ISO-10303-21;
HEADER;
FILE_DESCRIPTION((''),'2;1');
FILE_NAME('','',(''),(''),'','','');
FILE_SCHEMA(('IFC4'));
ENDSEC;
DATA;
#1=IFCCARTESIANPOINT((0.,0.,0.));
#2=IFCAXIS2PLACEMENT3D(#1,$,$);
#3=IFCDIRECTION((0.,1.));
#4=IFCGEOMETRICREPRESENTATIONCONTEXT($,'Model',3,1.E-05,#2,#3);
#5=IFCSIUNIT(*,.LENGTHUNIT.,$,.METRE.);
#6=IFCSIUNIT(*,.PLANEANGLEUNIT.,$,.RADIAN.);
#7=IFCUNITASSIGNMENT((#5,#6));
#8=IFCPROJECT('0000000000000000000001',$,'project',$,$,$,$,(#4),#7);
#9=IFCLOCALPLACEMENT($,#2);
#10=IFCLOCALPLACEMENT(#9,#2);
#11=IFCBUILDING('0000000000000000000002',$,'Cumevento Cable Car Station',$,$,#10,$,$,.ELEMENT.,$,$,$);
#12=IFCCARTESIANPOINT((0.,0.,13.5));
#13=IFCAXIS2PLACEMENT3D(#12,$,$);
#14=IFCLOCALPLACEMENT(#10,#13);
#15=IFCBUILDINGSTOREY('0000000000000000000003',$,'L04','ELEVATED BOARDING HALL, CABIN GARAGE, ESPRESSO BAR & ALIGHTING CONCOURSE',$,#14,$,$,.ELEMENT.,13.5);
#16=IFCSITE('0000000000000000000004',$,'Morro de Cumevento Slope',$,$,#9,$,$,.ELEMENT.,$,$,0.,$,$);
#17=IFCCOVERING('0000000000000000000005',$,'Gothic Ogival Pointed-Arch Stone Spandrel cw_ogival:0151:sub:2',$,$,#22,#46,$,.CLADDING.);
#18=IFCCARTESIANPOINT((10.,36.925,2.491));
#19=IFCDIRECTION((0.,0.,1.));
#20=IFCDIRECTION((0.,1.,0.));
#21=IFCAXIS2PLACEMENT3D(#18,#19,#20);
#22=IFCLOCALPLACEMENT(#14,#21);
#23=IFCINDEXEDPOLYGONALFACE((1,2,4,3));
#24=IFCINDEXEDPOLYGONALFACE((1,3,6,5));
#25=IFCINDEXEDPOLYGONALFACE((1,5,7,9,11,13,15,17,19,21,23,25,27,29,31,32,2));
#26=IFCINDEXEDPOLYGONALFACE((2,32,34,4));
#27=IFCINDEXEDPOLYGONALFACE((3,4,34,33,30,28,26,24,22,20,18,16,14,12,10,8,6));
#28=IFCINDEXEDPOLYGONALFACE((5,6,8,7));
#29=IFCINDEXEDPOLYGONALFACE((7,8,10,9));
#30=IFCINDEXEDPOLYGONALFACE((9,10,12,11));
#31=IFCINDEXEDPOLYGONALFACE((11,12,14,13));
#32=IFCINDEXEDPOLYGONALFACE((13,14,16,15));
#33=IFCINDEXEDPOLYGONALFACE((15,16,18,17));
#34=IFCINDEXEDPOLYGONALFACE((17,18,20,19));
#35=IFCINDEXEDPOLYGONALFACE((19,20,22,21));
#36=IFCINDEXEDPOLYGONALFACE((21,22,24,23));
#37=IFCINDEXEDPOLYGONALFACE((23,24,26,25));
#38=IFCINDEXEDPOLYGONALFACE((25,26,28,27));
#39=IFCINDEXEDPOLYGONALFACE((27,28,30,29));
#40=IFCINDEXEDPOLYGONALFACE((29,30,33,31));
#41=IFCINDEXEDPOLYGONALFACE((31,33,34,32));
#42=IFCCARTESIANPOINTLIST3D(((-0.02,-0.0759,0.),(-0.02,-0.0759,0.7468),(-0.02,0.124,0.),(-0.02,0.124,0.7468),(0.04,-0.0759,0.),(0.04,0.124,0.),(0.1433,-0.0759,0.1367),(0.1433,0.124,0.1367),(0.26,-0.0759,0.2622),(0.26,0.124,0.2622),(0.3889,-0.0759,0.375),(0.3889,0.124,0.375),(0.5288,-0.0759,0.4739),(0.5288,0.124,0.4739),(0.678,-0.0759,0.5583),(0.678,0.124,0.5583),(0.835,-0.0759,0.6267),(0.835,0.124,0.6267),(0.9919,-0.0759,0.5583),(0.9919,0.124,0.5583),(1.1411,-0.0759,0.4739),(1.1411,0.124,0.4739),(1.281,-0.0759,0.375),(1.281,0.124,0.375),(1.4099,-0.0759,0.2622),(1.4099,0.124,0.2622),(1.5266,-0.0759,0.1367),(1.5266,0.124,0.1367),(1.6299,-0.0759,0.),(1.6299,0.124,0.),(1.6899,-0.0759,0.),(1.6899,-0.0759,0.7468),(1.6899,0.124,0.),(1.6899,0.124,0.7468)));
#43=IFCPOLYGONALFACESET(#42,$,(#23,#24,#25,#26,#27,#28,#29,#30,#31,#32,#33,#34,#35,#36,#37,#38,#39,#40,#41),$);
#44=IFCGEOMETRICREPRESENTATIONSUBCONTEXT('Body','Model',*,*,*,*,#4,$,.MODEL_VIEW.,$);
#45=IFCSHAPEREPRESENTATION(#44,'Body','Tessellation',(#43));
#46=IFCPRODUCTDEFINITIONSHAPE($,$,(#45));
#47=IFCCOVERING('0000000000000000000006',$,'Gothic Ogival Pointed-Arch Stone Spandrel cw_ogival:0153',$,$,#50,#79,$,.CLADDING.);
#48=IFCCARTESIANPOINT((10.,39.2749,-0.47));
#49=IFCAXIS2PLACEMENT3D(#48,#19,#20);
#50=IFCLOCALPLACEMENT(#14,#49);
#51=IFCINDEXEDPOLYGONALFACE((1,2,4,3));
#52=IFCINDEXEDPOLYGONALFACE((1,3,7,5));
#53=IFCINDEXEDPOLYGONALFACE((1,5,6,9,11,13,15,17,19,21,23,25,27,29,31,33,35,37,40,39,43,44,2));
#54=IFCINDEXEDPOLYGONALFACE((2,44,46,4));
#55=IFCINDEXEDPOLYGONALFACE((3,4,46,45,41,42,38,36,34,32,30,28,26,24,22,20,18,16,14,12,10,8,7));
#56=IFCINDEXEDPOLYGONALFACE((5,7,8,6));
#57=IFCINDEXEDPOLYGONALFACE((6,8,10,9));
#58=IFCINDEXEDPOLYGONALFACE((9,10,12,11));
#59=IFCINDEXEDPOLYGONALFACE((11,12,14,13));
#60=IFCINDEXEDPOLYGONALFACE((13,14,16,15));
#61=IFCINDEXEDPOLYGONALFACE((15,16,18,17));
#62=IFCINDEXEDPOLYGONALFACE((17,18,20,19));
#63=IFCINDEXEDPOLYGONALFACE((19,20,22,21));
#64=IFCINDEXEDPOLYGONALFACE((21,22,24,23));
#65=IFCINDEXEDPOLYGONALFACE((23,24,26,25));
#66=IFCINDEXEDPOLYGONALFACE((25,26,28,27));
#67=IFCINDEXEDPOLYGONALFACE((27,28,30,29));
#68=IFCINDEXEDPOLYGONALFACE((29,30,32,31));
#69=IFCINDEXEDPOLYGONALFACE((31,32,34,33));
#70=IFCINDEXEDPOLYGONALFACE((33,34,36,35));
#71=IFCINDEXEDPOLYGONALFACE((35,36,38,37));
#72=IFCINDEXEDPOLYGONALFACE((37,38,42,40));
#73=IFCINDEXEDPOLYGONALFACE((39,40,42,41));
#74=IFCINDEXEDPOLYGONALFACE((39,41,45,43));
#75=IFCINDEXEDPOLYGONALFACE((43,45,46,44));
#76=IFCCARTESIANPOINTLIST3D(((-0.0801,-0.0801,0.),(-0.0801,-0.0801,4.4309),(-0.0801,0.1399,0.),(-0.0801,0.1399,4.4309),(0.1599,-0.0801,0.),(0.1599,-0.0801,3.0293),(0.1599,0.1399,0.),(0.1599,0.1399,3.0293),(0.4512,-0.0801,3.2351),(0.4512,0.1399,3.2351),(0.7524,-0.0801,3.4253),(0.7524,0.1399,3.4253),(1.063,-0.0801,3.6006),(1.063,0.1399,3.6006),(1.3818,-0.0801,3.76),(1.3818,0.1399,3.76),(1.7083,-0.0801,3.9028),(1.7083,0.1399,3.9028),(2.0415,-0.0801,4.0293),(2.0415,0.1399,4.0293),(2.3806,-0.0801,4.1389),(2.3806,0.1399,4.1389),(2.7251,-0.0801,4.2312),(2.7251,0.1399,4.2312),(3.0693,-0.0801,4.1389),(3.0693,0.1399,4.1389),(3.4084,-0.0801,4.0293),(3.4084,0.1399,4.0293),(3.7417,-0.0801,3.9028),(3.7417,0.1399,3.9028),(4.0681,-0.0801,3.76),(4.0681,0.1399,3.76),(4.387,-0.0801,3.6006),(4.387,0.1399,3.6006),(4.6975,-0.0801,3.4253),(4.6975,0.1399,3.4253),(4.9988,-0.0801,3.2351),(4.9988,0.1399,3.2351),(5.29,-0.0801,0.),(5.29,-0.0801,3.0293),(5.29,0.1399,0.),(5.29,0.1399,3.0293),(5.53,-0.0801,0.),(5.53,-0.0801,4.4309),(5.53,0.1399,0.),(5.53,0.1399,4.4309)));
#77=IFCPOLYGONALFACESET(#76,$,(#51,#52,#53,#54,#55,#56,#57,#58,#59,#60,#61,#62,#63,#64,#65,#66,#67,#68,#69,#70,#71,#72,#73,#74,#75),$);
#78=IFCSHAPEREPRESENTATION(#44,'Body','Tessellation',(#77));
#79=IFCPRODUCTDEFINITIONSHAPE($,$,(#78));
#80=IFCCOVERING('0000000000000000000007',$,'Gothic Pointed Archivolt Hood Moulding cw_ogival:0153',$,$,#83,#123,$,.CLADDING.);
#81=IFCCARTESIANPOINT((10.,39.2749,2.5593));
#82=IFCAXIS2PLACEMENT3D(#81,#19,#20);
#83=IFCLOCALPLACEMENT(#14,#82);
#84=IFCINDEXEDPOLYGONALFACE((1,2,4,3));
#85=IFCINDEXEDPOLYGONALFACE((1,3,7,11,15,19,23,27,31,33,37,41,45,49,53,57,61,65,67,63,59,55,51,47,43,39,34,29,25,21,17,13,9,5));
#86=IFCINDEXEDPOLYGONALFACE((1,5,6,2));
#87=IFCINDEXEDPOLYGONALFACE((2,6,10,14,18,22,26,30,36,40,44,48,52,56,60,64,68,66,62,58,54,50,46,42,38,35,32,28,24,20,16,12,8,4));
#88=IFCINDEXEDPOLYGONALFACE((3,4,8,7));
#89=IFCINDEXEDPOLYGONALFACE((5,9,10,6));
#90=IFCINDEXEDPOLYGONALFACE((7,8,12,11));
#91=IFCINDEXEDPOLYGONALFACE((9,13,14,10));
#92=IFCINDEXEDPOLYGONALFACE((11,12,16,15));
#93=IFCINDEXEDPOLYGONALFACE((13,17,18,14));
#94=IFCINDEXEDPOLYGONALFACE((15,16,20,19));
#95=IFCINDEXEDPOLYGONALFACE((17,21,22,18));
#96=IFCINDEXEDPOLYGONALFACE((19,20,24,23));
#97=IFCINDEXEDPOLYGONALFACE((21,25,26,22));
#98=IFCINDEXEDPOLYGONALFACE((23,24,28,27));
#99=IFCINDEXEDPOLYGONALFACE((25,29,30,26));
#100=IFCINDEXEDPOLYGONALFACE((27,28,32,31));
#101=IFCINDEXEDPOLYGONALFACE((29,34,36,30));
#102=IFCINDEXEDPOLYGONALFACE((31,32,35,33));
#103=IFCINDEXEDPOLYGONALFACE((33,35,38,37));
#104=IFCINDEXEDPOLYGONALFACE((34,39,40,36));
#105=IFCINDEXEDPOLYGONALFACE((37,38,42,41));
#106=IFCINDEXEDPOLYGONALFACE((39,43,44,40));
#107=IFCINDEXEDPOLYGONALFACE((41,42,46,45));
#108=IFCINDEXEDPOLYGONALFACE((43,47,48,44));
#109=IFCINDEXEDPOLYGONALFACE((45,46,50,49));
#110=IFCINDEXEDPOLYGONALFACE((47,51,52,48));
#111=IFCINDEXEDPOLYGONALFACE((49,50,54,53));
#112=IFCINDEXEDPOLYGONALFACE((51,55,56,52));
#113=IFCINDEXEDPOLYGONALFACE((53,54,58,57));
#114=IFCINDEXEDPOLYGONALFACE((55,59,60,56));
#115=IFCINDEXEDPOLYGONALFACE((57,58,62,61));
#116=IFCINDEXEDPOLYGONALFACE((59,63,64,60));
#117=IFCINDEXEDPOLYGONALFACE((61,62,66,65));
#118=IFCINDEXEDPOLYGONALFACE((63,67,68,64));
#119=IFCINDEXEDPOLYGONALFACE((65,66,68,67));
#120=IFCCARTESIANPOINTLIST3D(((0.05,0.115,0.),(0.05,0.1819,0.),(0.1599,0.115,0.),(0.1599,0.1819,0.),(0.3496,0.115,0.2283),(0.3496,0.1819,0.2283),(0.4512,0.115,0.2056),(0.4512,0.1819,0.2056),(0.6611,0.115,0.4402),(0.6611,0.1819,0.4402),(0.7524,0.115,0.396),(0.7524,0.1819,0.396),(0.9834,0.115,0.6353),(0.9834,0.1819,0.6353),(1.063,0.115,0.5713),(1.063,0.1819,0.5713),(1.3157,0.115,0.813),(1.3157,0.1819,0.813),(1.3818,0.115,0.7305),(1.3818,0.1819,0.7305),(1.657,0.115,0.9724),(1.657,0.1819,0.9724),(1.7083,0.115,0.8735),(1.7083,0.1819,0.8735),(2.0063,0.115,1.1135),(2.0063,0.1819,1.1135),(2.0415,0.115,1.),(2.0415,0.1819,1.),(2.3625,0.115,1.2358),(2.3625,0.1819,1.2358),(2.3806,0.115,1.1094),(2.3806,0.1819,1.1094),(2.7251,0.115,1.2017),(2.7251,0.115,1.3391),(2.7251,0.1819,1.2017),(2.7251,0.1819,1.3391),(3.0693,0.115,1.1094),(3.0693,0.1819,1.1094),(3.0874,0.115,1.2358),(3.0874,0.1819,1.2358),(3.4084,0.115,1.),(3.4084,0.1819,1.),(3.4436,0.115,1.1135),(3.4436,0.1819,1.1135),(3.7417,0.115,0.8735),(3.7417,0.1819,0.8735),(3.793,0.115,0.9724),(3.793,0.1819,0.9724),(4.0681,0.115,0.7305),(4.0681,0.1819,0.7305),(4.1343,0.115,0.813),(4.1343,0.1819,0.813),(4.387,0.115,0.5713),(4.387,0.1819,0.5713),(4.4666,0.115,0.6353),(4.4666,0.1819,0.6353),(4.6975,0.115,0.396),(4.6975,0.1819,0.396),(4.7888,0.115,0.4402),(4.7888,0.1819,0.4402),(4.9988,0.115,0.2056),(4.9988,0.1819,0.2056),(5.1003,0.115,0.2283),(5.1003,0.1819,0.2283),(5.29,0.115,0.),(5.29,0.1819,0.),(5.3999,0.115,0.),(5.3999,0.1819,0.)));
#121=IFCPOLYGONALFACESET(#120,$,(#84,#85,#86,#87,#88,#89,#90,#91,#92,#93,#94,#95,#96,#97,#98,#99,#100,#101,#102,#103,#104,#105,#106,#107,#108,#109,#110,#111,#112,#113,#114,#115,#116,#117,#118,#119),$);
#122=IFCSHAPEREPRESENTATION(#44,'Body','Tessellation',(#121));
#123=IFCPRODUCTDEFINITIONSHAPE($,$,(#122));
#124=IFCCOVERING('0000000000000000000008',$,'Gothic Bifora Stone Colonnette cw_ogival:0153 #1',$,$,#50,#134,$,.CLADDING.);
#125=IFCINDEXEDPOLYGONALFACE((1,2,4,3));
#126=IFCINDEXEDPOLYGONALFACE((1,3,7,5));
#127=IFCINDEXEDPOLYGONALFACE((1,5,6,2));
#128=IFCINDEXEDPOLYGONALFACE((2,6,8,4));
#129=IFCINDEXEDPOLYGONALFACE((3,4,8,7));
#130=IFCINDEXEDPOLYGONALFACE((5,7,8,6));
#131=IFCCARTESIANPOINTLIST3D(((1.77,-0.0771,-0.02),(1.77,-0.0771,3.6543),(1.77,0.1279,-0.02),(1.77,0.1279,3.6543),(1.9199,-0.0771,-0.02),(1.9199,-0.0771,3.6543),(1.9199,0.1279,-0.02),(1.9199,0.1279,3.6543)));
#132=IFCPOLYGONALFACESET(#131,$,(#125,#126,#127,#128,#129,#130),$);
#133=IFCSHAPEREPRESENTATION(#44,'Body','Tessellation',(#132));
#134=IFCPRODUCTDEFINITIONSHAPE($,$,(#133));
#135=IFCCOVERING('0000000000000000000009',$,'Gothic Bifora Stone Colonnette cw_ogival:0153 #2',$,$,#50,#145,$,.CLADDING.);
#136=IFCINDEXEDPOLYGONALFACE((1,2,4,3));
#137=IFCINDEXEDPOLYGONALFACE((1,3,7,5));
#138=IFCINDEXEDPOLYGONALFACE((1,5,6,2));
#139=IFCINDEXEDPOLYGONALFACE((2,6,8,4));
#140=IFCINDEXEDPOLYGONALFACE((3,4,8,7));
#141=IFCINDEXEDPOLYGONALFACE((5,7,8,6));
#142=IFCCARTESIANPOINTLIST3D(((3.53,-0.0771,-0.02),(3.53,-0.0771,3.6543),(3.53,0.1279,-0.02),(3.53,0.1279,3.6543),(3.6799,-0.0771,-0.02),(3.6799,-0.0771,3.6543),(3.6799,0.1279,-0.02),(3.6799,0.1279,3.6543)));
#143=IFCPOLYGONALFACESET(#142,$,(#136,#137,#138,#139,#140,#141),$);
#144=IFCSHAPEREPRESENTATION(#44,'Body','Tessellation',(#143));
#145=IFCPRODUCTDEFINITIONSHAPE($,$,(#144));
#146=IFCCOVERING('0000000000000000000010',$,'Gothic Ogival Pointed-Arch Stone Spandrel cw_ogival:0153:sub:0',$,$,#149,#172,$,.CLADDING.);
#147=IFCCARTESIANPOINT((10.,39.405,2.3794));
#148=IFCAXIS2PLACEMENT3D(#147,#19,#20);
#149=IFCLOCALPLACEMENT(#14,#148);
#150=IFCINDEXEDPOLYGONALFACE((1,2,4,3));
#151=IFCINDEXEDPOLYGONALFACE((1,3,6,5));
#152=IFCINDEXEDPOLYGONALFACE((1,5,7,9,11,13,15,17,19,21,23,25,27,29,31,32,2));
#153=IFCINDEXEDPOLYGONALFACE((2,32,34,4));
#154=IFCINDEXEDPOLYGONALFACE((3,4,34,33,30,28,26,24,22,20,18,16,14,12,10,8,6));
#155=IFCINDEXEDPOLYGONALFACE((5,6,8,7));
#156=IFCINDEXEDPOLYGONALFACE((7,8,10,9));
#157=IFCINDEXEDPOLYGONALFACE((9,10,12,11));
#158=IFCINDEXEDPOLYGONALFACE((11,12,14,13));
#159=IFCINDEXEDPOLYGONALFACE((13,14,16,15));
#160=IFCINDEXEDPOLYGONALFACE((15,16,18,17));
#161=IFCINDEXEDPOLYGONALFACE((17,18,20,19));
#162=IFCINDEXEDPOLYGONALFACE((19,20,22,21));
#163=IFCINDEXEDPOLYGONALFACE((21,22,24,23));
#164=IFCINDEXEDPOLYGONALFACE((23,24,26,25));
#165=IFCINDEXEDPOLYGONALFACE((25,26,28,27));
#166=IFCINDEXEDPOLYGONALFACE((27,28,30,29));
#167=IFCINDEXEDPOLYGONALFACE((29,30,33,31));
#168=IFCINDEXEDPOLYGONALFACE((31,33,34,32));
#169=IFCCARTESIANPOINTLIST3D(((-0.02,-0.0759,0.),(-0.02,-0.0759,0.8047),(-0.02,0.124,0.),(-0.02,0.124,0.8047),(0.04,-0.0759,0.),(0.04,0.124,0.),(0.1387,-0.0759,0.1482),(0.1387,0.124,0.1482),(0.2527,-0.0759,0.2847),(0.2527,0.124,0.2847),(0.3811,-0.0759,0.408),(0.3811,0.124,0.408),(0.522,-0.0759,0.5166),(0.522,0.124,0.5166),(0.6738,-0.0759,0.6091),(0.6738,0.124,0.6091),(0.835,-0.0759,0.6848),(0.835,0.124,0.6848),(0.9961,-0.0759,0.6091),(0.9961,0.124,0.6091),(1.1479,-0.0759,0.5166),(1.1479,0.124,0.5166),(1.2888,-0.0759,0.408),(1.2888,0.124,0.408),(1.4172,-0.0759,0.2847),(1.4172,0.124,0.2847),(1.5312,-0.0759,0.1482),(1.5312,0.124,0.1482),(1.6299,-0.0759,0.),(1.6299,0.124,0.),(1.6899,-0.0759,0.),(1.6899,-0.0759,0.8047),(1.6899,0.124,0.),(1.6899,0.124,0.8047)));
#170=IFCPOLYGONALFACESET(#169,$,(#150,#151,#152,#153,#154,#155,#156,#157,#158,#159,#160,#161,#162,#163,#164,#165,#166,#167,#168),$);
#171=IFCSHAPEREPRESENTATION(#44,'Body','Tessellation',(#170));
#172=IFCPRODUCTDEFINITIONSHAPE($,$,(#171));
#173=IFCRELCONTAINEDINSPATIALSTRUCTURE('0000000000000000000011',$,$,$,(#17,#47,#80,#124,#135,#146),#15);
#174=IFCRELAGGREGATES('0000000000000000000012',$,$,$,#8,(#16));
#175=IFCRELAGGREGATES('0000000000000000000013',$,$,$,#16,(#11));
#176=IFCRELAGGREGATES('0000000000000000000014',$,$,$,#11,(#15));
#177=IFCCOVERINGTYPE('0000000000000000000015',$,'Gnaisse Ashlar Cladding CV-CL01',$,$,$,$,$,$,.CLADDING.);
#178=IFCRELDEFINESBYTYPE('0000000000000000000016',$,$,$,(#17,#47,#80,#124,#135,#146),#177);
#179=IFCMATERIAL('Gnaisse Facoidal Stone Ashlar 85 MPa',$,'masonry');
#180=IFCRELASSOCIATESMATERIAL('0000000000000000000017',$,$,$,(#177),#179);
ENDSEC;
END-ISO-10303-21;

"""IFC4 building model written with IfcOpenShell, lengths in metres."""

from ifc_helpers import new_model, si_unit, direction, frame, origin, place, context, subcontext, project, spatial, polyline, outline, extrude, material, type_object, element, save


model = new_model("IFC4")

# Units and contexts
model_context = context("Model", 3, precision=1e-05, world=origin(), true_north=direction((0.0, 1.0)))
body_context = subcontext(model_context, "Body", "Model", "MODEL_VIEW")
ifc_project = project(units=[si_unit("LENGTHUNIT", "METRE"), si_unit("PLANEANGLEUNIT", "RADIAN")], contexts=[model_context])

# Site, building, storey
site_placement = place(None, origin())
site = spatial("IfcSite", under=ifc_project, at=site_placement, Name="Morro de Cumevento Slope", CompositionType="ELEMENT", RefElevation=0.0)
building_placement = place(site_placement, origin())
building = spatial("IfcBuilding", under=site, at=building_placement, Name="Cumevento Cable Car Station", CompositionType="ELEMENT")
storey_placement = place(building_placement, frame((0.0, 0.0, 13.5)))
storey = spatial("IfcBuildingStorey", under=building, at=storey_placement, Name="L04", Description="ELEVATED BOARDING HALL, CABIN GARAGE, ESPRESSO BAR & ALIGHTING CONCOURSE", CompositionType="ELEMENT", Elevation=13.5)

# Coverings
ifc_material_1 = material(Name="Gnaisse Facoidal Stone Ashlar 85 MPa", Category="masonry")
covering_type = type_object("IfcCoveringType", Name="Gnaisse Ashlar Cladding CV-CL01", PredefinedType="CLADDING", material=ifc_material_1)
covering_1_placement = place(storey_placement, frame((10.0, 36.925, 2.491), z_axis=(0.0, 0.0, 1.0), x_axis=(0.0, 1.0, 0.0)))
element("IfcCovering", 1, at=covering_1_placement, inside=storey, type_object=covering_type, Name="Gothic Ogival Pointed-Arch Stone Spandrel cw_ogival:0151:sub:2", PredefinedType="CLADDING", context=body_context, shape_type="SweptSolid", body=[
    extrude(outline(polyline([(-0.02, 0.0), (-0.02, 0.7468), (1.6899, 0.7468), (1.6899, 0.0), (1.6299, 0.0), (1.5266, 0.1367), (1.4099, 0.2622), (1.281, 0.375), (1.1411, 0.4739), (0.9919, 0.5583), (0.835, 0.6267), (0.678, 0.5583), (0.5288, 0.4739), (0.3889, 0.375), (0.26, 0.2622), (0.1433, 0.1367), (0.04, 0.0), (-0.02, 0.0)])), frame((0.0, 0.124, 0.0), z_axis=(0.0, -1.0, 0.0), x_axis=(1.0, 0.0, 0.0)), (0.0, 0.0, 1.0), 0.2),
])
placement = place(storey_placement, frame((10.0, 39.2749, -0.47), z_axis=(0.0, 0.0, 1.0), x_axis=(0.0, 1.0, 0.0)))
element("IfcCovering", 2, at=placement, inside=storey, type_object=covering_type, Name="Gothic Ogival Pointed-Arch Stone Spandrel cw_ogival:0153", PredefinedType="CLADDING", context=body_context, shape_type="SweptSolid", body=[
    extrude(outline(polyline([(-0.0801, 0.0), (-0.0801, 4.4309), (5.53, 4.4309), (5.53, 0.0), (5.29, 0.0), (5.29, 3.0293), (4.9988, 3.2351), (4.6975, 3.4253), (4.387, 3.6006), (4.0681, 3.76), (3.7417, 3.9028), (3.4084, 4.0293), (3.0693, 4.1389), (2.7251, 4.2312), (2.3806, 4.1389), (2.0415, 4.0293), (1.7083, 3.9028), (1.3818, 3.76), (1.063, 3.6006), (0.7524, 3.4253), (0.4512, 3.2351), (0.1599, 3.0293), (0.1599, 0.0), (-0.0801, 0.0)])), frame((0.0, 0.1399, 0.0), z_axis=(0.0, -1.0, 0.0), x_axis=(1.0, 0.0, 0.0)), (0.0, 0.0, 1.0), 0.22),
])
covering_2_placement = place(storey_placement, frame((10.0, 39.2749, 2.5593), z_axis=(0.0, 0.0, 1.0), x_axis=(0.0, 1.0, 0.0)))
element("IfcCovering", 3, at=covering_2_placement, inside=storey, type_object=covering_type, Name="Gothic Pointed Archivolt Hood Moulding cw_ogival:0153", PredefinedType="CLADDING", context=body_context, shape_type="SweptSolid", body=[
    extrude(outline(polyline([(0.1599, 0.0), (0.4512, 0.2056), (0.7524, 0.396), (1.063, 0.5713), (1.3818, 0.7305), (1.7083, 0.8735), (2.0415, 1.0), (2.3806, 1.1094), (2.7251, 1.2017), (3.0693, 1.1094), (3.4084, 1.0), (3.7417, 0.8735), (4.0681, 0.7305), (4.387, 0.5713), (4.6975, 0.396), (4.9988, 0.2056), (5.29, 0.0), (5.3999, 0.0), (5.1003, 0.2283), (4.7888, 0.4402), (4.4666, 0.6353), (4.1343, 0.813), (3.793, 0.9724), (3.4436, 1.1135), (3.0874, 1.2358), (2.7251, 1.3391), (2.3625, 1.2358), (2.0063, 1.1135), (1.657, 0.9724), (1.3157, 0.813), (0.9834, 0.6353), (0.6611, 0.4402), (0.3496, 0.2283), (0.05, 0.0), (0.1599, 0.0)])), frame((0.0, 0.1819, 0.0), z_axis=(0.0, -1.0, 0.0), x_axis=(1.0, 0.0, 0.0)), (0.0, 0.0, 1.0), 0.0669),
])
element("IfcCovering", 4, at=placement, inside=storey, type_object=covering_type, Name="Gothic Bifora Stone Colonnette cw_ogival:0153 #1", PredefinedType="CLADDING", context=body_context, shape_type="SweptSolid", body=[
    extrude(outline(polyline([(1.77, -0.02), (1.9199, -0.02), (1.9199, 3.6543), (1.77, 3.6543), (1.77, -0.02)])), frame((0.0, 0.1279, 0.0), z_axis=(0.0, -1.0, 0.0), x_axis=(1.0, 0.0, 0.0)), (0.0, 0.0, 1.0), 0.2051),
])
element("IfcCovering", 5, at=placement, inside=storey, type_object=covering_type, Name="Gothic Bifora Stone Colonnette cw_ogival:0153 #2", PredefinedType="CLADDING", context=body_context, shape_type="SweptSolid", body=[
    extrude(outline(polyline([(3.53, -0.02), (3.6799, -0.02), (3.6799, 3.6543), (3.53, 3.6543), (3.53, -0.02)])), frame((0.0, 0.1279, 0.0), z_axis=(0.0, -1.0, 0.0), x_axis=(1.0, 0.0, 0.0)), (0.0, 0.0, 1.0), 0.2051),
])
covering_3_placement = place(storey_placement, frame((10.0, 39.405, 2.3794), z_axis=(0.0, 0.0, 1.0), x_axis=(0.0, 1.0, 0.0)))
element("IfcCovering", 6, at=covering_3_placement, inside=storey, type_object=covering_type, Name="Gothic Ogival Pointed-Arch Stone Spandrel cw_ogival:0153:sub:0", PredefinedType="CLADDING", context=body_context, shape_type="SweptSolid", body=[
    extrude(outline(polyline([(-0.02, 0.0), (-0.02, 0.8047), (1.6899, 0.8047), (1.6899, 0.0), (1.6299, 0.0), (1.5312, 0.1482), (1.4172, 0.2847), (1.2888, 0.408), (1.1479, 0.5166), (0.9961, 0.6091), (0.835, 0.6848), (0.6738, 0.6091), (0.522, 0.5166), (0.3811, 0.408), (0.2527, 0.2847), (0.1387, 0.1482), (0.04, 0.0), (-0.02, 0.0)])), frame((0.0, 0.124, 0.0), z_axis=(0.0, -1.0, 0.0), x_axis=(1.0, 0.0, 0.0)), (0.0, 0.0, 1.0), 0.2),
])

save(model, "model.ifc")
